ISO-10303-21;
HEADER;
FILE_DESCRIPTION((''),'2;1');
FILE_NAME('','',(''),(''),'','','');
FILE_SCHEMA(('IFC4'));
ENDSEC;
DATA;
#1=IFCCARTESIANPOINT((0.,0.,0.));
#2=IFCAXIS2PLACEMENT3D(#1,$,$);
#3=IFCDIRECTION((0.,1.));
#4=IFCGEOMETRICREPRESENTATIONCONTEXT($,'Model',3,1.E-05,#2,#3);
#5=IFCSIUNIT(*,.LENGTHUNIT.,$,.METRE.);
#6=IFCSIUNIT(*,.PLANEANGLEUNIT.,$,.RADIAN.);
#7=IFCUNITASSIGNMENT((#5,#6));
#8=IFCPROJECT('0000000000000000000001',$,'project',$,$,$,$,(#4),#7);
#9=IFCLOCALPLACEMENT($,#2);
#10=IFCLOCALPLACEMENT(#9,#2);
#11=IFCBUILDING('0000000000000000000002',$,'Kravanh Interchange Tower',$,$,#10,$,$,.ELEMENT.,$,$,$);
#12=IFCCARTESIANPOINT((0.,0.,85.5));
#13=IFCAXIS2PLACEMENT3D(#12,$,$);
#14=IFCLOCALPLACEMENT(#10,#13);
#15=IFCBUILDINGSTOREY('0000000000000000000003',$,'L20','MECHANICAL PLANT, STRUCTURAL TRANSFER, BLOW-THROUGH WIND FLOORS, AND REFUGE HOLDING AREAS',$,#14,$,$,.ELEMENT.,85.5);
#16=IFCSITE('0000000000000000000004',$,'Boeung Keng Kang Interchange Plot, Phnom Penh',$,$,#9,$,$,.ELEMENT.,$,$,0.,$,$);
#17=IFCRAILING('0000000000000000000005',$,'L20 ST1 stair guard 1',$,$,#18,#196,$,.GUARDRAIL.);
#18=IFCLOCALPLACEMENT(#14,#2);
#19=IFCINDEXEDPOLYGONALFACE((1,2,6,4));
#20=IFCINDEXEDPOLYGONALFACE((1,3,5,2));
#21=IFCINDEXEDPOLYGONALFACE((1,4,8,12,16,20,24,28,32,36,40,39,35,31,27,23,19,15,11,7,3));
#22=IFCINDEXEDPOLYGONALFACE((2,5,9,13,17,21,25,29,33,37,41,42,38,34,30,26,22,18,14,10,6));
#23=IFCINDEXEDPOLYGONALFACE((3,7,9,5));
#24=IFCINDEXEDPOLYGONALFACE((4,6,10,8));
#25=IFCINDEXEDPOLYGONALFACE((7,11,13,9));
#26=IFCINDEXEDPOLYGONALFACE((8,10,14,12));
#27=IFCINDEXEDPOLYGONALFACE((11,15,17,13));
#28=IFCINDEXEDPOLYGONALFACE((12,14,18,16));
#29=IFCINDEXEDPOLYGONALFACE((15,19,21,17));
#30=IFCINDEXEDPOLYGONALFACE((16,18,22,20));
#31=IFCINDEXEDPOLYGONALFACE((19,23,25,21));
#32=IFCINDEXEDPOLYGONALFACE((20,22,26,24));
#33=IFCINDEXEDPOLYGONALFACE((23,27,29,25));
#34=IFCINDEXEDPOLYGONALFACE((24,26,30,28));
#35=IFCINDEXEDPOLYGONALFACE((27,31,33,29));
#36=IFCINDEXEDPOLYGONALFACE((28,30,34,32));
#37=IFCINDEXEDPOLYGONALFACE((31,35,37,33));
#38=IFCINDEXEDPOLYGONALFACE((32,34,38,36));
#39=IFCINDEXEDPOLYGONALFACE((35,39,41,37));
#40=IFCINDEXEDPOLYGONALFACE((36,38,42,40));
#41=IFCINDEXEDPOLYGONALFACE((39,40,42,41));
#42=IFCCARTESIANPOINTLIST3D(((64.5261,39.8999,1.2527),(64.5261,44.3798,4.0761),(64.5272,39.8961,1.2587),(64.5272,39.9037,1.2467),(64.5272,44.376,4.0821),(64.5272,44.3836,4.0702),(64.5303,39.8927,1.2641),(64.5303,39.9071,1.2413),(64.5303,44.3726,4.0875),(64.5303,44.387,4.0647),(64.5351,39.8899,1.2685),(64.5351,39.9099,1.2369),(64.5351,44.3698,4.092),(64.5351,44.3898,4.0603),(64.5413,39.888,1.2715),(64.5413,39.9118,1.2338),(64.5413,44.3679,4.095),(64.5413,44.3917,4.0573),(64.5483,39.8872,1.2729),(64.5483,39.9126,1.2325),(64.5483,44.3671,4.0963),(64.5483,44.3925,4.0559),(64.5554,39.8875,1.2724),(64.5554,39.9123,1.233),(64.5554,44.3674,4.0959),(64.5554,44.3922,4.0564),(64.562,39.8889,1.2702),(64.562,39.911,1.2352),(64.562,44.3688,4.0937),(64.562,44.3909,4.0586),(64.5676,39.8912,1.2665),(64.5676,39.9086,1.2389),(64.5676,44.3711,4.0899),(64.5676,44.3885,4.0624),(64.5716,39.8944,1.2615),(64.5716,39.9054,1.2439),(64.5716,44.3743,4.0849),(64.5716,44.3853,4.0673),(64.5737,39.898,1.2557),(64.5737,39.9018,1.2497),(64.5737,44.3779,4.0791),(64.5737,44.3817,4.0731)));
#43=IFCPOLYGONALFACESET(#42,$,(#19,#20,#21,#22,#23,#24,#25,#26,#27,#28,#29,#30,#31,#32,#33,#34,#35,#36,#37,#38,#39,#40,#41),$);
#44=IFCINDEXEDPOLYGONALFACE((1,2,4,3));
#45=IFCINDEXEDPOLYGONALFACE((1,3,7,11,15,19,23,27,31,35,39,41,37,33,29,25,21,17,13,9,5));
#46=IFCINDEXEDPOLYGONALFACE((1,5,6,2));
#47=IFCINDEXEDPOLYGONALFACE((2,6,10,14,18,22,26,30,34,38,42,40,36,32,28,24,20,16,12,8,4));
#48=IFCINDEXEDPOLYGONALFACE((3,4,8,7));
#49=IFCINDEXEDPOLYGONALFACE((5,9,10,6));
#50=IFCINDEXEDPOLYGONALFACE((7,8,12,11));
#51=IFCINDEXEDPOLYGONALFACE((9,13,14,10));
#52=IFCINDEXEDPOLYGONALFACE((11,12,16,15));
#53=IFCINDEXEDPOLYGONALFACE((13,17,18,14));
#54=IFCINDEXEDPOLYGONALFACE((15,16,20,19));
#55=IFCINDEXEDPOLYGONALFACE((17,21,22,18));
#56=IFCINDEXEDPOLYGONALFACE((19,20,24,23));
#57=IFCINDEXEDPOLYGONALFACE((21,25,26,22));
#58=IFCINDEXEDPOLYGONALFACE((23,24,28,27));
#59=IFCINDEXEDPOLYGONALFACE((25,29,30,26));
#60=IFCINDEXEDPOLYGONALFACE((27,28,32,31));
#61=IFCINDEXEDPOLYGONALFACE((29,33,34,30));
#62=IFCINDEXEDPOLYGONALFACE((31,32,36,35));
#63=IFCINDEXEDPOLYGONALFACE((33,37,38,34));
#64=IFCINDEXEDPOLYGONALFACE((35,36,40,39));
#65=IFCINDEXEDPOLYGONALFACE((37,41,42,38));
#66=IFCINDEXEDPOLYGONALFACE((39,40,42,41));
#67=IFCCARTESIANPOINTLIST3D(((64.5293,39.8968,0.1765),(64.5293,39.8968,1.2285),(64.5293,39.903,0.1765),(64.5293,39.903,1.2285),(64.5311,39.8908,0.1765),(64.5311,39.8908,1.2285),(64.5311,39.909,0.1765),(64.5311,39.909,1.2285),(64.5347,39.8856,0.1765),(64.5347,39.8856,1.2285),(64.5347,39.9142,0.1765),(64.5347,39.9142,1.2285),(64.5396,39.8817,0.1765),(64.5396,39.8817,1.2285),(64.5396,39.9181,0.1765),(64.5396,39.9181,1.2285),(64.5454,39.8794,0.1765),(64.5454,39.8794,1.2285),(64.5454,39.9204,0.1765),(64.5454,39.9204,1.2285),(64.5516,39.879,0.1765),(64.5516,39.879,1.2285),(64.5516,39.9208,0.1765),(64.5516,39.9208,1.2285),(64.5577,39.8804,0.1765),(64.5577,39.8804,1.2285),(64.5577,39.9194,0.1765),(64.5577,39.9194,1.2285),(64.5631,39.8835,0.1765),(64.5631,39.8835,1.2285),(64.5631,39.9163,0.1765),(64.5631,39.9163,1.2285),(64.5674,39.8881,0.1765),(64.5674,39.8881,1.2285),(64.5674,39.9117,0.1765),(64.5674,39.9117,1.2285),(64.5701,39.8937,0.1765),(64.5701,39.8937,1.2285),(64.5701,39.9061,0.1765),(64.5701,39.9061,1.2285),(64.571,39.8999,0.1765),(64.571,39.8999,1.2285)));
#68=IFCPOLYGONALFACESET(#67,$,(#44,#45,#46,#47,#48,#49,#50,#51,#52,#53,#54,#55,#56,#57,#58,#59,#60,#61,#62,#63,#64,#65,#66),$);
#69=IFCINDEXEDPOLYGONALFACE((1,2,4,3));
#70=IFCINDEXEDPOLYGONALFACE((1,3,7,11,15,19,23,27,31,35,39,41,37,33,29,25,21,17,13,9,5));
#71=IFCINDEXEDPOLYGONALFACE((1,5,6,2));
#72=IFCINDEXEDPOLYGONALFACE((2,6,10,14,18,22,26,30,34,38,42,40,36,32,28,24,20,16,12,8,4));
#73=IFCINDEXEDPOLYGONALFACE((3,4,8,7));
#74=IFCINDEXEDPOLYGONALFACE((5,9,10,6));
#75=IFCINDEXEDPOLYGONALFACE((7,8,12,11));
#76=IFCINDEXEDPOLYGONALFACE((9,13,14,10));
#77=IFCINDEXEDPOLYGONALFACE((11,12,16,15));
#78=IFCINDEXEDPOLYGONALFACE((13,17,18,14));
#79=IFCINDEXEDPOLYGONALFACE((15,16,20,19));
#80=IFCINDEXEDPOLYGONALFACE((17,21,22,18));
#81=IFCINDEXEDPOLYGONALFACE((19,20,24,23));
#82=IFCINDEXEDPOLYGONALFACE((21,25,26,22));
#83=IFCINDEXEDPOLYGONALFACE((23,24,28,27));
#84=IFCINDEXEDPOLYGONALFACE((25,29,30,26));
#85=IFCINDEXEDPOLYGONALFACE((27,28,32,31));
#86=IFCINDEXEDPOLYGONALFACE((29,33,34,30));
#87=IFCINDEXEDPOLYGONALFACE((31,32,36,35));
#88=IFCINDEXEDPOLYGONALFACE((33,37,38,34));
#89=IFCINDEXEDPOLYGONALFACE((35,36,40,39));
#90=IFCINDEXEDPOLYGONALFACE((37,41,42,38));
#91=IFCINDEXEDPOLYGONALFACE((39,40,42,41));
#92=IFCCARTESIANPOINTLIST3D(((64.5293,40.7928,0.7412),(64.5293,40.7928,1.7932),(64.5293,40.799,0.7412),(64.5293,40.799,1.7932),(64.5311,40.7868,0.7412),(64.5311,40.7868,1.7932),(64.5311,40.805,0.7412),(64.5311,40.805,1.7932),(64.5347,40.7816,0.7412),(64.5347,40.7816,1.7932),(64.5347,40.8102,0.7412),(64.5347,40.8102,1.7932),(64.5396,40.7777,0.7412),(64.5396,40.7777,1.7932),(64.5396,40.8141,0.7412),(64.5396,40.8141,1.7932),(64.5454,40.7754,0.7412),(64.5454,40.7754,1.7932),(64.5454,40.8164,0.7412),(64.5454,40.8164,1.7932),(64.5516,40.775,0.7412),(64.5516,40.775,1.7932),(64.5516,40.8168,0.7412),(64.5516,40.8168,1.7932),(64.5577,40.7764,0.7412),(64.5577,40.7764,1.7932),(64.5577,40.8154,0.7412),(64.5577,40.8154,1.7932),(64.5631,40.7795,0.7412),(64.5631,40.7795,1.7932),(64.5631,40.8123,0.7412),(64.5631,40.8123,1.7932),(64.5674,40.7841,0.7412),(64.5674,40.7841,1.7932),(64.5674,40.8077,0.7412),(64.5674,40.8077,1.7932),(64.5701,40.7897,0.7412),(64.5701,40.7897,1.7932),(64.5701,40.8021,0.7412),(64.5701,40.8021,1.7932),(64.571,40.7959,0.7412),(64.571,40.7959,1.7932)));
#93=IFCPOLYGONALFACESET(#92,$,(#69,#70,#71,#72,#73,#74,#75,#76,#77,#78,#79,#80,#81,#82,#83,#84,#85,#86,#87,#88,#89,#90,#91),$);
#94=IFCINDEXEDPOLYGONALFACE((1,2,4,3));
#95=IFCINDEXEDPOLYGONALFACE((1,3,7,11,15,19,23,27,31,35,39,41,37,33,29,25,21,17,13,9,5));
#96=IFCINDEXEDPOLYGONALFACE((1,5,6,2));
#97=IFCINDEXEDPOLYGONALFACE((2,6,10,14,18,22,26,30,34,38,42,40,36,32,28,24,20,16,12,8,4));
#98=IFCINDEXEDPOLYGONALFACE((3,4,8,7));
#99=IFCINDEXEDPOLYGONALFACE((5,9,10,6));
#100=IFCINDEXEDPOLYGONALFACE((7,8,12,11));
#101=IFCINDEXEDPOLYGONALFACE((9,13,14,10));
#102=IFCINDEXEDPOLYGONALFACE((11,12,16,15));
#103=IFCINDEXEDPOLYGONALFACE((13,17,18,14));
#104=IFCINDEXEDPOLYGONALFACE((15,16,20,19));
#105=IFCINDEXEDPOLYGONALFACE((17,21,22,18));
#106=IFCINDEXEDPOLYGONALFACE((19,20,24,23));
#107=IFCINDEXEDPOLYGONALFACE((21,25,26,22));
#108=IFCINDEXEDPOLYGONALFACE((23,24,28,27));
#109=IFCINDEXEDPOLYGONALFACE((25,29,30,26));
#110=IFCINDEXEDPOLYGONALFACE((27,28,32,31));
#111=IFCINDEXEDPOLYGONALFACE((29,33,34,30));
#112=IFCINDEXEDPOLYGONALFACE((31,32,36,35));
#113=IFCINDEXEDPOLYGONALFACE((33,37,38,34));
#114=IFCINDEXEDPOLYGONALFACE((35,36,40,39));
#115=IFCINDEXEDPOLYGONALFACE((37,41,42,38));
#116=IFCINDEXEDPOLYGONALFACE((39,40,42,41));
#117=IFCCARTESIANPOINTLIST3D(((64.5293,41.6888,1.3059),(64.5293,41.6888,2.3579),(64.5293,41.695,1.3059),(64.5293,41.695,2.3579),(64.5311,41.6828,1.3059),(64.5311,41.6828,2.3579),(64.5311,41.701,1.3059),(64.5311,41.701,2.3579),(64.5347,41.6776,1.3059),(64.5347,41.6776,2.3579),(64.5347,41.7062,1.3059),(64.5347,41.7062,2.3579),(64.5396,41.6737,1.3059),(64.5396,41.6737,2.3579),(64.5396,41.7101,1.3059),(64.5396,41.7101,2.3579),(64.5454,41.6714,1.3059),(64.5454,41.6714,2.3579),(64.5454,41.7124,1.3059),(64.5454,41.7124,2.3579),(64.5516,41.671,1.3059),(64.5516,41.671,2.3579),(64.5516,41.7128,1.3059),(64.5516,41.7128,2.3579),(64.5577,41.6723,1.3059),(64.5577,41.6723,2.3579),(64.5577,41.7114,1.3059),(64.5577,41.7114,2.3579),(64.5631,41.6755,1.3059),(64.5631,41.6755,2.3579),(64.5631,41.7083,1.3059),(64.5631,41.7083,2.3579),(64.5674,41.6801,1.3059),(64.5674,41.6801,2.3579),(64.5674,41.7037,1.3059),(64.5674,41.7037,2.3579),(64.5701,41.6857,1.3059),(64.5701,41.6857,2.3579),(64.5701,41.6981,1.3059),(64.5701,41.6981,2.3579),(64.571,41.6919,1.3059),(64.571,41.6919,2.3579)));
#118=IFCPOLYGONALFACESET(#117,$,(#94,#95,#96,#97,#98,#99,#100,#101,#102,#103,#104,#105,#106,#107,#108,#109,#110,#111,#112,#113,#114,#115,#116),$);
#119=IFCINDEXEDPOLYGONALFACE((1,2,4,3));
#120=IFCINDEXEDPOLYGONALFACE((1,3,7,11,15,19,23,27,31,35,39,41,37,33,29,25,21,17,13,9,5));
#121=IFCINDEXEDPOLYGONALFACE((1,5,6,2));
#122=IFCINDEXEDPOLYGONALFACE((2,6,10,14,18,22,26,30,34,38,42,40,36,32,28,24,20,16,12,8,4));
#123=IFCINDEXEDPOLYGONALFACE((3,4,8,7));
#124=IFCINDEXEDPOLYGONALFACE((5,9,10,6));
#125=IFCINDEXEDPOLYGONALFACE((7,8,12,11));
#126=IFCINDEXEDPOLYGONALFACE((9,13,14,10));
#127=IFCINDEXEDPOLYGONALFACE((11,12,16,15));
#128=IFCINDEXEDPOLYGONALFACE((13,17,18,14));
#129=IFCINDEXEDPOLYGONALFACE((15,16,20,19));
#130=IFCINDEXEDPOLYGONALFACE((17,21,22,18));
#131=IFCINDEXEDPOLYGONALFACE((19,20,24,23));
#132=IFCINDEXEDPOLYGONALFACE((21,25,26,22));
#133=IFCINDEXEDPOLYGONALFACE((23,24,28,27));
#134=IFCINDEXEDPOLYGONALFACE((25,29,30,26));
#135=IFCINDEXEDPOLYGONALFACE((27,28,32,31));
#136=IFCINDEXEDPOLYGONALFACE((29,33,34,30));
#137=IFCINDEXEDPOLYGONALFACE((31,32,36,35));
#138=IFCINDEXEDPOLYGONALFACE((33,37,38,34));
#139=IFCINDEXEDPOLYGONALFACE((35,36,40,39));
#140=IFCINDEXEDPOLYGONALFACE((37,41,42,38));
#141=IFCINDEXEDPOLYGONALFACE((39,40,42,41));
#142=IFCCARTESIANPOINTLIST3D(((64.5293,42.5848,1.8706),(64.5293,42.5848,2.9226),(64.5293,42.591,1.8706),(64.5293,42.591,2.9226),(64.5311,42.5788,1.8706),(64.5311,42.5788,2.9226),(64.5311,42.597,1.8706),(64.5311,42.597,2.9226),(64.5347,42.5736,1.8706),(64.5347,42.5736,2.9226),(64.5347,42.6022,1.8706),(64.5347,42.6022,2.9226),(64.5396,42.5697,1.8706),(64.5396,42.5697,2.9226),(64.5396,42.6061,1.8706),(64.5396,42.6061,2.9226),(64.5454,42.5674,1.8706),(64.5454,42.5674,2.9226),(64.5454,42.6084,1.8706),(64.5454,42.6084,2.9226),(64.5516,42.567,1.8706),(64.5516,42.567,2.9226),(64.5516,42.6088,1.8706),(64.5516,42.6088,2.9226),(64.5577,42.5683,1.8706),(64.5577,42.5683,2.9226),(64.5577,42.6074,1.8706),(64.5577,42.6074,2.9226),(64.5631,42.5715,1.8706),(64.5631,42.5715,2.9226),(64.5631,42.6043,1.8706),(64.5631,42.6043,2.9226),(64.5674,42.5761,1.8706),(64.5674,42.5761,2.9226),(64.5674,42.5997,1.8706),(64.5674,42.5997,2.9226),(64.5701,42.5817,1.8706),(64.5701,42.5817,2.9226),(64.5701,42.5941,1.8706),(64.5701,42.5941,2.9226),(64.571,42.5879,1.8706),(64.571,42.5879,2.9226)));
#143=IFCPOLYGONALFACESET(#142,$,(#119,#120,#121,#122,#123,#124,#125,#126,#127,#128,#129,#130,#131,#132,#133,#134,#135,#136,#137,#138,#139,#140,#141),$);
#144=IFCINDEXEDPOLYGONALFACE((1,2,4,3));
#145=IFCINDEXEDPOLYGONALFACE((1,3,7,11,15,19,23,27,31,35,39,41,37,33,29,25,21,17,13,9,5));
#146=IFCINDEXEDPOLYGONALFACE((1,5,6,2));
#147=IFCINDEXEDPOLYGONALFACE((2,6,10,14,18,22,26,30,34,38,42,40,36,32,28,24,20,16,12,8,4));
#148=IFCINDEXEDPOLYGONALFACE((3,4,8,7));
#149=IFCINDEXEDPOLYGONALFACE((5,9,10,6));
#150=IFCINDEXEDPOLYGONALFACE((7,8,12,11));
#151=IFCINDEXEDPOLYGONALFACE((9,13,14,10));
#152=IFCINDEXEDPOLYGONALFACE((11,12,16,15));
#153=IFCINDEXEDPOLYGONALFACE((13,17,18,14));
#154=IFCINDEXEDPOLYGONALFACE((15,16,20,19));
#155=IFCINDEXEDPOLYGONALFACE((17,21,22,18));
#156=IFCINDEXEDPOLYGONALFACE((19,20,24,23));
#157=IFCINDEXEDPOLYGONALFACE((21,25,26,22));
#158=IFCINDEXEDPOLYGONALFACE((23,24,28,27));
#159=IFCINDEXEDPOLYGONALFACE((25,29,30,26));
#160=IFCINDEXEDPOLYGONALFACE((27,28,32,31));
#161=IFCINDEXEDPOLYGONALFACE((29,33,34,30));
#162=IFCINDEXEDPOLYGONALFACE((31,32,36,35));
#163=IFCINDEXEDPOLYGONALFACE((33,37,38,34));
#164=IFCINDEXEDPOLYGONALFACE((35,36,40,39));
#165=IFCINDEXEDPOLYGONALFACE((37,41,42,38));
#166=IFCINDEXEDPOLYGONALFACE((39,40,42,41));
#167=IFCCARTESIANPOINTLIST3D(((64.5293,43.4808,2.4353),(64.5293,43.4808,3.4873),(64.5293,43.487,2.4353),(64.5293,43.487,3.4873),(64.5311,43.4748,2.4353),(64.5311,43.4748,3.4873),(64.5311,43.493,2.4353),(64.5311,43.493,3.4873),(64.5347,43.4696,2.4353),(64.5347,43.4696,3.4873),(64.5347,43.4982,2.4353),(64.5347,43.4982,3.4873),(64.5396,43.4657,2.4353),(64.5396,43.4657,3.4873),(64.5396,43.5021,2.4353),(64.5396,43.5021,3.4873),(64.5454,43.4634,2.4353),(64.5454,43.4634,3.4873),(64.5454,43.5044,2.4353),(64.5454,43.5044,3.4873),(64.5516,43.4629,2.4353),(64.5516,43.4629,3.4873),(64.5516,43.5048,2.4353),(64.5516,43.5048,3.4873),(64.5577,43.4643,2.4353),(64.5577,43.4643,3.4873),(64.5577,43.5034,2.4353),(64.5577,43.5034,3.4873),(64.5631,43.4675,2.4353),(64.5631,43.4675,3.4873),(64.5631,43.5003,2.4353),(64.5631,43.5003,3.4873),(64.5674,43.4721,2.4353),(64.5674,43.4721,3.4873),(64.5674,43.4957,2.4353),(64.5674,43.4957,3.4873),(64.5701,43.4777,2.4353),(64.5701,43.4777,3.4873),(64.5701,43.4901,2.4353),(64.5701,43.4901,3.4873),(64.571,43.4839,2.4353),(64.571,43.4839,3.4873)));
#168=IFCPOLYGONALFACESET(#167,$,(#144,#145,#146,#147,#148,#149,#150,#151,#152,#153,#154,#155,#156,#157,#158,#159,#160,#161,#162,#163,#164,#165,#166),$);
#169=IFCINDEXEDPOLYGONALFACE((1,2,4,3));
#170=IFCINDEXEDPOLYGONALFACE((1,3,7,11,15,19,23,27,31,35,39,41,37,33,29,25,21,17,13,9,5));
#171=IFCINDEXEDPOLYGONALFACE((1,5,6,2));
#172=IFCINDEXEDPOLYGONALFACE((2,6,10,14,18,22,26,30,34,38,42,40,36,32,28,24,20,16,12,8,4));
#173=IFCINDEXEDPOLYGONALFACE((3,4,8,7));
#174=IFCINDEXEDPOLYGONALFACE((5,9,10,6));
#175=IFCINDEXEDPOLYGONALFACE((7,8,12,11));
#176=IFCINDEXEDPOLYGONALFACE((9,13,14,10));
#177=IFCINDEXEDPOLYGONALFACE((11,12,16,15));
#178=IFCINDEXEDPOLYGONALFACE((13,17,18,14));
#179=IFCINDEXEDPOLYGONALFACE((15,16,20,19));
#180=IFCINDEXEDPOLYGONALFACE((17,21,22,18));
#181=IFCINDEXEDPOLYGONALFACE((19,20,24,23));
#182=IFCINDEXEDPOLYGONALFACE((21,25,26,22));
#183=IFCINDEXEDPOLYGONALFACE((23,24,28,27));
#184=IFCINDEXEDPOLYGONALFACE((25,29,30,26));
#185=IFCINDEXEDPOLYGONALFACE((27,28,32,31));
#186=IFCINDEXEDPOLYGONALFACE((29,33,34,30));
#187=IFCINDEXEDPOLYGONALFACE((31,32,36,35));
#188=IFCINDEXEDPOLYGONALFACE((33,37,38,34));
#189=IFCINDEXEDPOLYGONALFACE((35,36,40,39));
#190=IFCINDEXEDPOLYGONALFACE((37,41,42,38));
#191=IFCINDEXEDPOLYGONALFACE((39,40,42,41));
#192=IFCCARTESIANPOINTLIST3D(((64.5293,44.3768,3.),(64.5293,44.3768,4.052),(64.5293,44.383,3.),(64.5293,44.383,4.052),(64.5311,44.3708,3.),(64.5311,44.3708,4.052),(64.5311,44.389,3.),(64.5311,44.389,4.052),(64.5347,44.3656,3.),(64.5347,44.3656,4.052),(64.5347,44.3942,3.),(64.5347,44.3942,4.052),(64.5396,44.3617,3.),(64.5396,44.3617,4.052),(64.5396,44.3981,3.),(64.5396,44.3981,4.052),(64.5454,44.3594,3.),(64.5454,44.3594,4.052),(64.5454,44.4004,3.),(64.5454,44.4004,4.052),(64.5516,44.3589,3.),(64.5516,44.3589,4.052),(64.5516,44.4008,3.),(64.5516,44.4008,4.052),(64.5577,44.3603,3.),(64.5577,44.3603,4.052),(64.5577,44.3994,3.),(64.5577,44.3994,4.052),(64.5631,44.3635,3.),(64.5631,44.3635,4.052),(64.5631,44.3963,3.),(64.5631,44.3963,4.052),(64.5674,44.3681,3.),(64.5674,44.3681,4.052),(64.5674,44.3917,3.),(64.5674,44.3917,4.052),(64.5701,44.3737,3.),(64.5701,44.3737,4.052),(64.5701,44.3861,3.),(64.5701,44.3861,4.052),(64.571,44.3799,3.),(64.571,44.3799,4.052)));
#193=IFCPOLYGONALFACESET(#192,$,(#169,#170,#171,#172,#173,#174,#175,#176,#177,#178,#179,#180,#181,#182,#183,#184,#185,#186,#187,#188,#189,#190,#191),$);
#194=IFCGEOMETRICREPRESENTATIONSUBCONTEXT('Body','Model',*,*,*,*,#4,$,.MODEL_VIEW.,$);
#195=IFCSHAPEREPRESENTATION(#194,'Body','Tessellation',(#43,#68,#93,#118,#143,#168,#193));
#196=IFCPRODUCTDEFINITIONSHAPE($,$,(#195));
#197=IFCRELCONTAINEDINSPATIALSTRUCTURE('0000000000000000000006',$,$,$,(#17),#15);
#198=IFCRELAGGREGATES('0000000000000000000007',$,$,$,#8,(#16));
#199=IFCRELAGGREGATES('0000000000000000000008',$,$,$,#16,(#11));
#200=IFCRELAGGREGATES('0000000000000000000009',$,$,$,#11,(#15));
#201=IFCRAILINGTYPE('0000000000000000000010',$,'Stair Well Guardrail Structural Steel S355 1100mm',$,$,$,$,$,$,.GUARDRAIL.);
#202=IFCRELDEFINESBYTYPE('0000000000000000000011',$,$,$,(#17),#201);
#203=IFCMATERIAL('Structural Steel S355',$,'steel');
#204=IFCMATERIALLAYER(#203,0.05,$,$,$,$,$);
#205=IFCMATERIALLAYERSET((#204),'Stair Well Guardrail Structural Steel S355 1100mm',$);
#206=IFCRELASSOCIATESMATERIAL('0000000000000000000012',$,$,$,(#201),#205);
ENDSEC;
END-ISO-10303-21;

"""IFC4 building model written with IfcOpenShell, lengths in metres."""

from ifc_helpers import new_model, si_unit, direction, frame, origin, origin_2d, place, context, subcontext, project, spatial, circle, extrude, material, layer, layer_set, type_object, element, save


model = new_model("IFC4")

# Units and contexts
model_context = context("Model", 3, precision=1e-05, world=origin(), true_north=direction((0.0, 1.0)))
body_context = subcontext(model_context, "Body", "Model", "MODEL_VIEW")
ifc_project = project(units=[si_unit("LENGTHUNIT", "METRE"), si_unit("PLANEANGLEUNIT", "RADIAN")], contexts=[model_context])

# Site, building, storey
site_placement = place(None, origin())
site = spatial("IfcSite", under=ifc_project, at=site_placement, Name="Boeung Keng Kang Interchange Plot, Phnom Penh", CompositionType="ELEMENT", RefElevation=0.0)
building_placement = place(site_placement, origin())
building = spatial("IfcBuilding", under=site, at=building_placement, Name="Kravanh Interchange Tower", CompositionType="ELEMENT")
storey_placement = place(building_placement, frame((0.0, 0.0, 85.5)))
storey = spatial("IfcBuildingStorey", under=building, at=storey_placement, Name="L20", Description="MECHANICAL PLANT, STRUCTURAL TRANSFER, BLOW-THROUGH WIND FLOORS, AND REFUGE HOLDING AREAS", CompositionType="ELEMENT", Elevation=85.5)

# Railing
ifc_material_1 = material(Name="Structural Steel S355", Category="steel")
ifc_layer_1 = layer(ifc_material_1, 0.05)
ifc_layer_set_1 = layer_set([ifc_layer_1], Name="Stair Well Guardrail Structural Steel S355 1100mm")
railing_type_1 = type_object("IfcRailingType", Name="Stair Well Guardrail Structural Steel S355 1100mm", PredefinedType="GUARDRAIL", material=ifc_layer_set_1)
railing_1_placement = place(storey_placement, frame((64.55, 39.8999, 0.1765)))
element("IfcRailing", 1, at=railing_1_placement, inside=storey, type_object=railing_type_1, Name="L20 ST1 stair guard 1", PredefinedType="GUARDRAIL", context=body_context, shape_type="SweptSolid", body=[
    extrude(circle(Radius=0.0239, at=origin_2d()), frame((0.0, 0.0, 1.0762), z_axis=(0.0, 0.845998, 0.533186), x_axis=(-1.0, 0.0, 0.0)), (0.0, 0.0, 1.0), 5.2954),
    extrude(circle(Radius=0.021, at=origin_2d()), origin(), (0.0, 0.0, 1.0), 1.052),
    extrude(circle(Radius=0.021, at=origin_2d()), frame((0.0, 0.896, 0.5647)), (0.0, 0.0, 1.0), 1.052),
    extrude(circle(Radius=0.021, at=origin_2d()), frame((0.0, 1.792, 1.1294)), (0.0, 0.0, 1.0), 1.052),
    extrude(circle(Radius=0.021, at=origin_2d()), frame((0.0, 2.688, 1.6941)), (0.0, 0.0, 1.0), 1.052),
    extrude(circle(Radius=0.021, at=origin_2d()), frame((0.0, 3.584, 2.2588)), (0.0, 0.0, 1.0), 1.052),
    extrude(circle(Radius=0.021, at=origin_2d()), frame((0.0, 4.48, 2.8235)), (0.0, 0.0, 1.0), 1.052),
])

save(model, "model.ifc")
